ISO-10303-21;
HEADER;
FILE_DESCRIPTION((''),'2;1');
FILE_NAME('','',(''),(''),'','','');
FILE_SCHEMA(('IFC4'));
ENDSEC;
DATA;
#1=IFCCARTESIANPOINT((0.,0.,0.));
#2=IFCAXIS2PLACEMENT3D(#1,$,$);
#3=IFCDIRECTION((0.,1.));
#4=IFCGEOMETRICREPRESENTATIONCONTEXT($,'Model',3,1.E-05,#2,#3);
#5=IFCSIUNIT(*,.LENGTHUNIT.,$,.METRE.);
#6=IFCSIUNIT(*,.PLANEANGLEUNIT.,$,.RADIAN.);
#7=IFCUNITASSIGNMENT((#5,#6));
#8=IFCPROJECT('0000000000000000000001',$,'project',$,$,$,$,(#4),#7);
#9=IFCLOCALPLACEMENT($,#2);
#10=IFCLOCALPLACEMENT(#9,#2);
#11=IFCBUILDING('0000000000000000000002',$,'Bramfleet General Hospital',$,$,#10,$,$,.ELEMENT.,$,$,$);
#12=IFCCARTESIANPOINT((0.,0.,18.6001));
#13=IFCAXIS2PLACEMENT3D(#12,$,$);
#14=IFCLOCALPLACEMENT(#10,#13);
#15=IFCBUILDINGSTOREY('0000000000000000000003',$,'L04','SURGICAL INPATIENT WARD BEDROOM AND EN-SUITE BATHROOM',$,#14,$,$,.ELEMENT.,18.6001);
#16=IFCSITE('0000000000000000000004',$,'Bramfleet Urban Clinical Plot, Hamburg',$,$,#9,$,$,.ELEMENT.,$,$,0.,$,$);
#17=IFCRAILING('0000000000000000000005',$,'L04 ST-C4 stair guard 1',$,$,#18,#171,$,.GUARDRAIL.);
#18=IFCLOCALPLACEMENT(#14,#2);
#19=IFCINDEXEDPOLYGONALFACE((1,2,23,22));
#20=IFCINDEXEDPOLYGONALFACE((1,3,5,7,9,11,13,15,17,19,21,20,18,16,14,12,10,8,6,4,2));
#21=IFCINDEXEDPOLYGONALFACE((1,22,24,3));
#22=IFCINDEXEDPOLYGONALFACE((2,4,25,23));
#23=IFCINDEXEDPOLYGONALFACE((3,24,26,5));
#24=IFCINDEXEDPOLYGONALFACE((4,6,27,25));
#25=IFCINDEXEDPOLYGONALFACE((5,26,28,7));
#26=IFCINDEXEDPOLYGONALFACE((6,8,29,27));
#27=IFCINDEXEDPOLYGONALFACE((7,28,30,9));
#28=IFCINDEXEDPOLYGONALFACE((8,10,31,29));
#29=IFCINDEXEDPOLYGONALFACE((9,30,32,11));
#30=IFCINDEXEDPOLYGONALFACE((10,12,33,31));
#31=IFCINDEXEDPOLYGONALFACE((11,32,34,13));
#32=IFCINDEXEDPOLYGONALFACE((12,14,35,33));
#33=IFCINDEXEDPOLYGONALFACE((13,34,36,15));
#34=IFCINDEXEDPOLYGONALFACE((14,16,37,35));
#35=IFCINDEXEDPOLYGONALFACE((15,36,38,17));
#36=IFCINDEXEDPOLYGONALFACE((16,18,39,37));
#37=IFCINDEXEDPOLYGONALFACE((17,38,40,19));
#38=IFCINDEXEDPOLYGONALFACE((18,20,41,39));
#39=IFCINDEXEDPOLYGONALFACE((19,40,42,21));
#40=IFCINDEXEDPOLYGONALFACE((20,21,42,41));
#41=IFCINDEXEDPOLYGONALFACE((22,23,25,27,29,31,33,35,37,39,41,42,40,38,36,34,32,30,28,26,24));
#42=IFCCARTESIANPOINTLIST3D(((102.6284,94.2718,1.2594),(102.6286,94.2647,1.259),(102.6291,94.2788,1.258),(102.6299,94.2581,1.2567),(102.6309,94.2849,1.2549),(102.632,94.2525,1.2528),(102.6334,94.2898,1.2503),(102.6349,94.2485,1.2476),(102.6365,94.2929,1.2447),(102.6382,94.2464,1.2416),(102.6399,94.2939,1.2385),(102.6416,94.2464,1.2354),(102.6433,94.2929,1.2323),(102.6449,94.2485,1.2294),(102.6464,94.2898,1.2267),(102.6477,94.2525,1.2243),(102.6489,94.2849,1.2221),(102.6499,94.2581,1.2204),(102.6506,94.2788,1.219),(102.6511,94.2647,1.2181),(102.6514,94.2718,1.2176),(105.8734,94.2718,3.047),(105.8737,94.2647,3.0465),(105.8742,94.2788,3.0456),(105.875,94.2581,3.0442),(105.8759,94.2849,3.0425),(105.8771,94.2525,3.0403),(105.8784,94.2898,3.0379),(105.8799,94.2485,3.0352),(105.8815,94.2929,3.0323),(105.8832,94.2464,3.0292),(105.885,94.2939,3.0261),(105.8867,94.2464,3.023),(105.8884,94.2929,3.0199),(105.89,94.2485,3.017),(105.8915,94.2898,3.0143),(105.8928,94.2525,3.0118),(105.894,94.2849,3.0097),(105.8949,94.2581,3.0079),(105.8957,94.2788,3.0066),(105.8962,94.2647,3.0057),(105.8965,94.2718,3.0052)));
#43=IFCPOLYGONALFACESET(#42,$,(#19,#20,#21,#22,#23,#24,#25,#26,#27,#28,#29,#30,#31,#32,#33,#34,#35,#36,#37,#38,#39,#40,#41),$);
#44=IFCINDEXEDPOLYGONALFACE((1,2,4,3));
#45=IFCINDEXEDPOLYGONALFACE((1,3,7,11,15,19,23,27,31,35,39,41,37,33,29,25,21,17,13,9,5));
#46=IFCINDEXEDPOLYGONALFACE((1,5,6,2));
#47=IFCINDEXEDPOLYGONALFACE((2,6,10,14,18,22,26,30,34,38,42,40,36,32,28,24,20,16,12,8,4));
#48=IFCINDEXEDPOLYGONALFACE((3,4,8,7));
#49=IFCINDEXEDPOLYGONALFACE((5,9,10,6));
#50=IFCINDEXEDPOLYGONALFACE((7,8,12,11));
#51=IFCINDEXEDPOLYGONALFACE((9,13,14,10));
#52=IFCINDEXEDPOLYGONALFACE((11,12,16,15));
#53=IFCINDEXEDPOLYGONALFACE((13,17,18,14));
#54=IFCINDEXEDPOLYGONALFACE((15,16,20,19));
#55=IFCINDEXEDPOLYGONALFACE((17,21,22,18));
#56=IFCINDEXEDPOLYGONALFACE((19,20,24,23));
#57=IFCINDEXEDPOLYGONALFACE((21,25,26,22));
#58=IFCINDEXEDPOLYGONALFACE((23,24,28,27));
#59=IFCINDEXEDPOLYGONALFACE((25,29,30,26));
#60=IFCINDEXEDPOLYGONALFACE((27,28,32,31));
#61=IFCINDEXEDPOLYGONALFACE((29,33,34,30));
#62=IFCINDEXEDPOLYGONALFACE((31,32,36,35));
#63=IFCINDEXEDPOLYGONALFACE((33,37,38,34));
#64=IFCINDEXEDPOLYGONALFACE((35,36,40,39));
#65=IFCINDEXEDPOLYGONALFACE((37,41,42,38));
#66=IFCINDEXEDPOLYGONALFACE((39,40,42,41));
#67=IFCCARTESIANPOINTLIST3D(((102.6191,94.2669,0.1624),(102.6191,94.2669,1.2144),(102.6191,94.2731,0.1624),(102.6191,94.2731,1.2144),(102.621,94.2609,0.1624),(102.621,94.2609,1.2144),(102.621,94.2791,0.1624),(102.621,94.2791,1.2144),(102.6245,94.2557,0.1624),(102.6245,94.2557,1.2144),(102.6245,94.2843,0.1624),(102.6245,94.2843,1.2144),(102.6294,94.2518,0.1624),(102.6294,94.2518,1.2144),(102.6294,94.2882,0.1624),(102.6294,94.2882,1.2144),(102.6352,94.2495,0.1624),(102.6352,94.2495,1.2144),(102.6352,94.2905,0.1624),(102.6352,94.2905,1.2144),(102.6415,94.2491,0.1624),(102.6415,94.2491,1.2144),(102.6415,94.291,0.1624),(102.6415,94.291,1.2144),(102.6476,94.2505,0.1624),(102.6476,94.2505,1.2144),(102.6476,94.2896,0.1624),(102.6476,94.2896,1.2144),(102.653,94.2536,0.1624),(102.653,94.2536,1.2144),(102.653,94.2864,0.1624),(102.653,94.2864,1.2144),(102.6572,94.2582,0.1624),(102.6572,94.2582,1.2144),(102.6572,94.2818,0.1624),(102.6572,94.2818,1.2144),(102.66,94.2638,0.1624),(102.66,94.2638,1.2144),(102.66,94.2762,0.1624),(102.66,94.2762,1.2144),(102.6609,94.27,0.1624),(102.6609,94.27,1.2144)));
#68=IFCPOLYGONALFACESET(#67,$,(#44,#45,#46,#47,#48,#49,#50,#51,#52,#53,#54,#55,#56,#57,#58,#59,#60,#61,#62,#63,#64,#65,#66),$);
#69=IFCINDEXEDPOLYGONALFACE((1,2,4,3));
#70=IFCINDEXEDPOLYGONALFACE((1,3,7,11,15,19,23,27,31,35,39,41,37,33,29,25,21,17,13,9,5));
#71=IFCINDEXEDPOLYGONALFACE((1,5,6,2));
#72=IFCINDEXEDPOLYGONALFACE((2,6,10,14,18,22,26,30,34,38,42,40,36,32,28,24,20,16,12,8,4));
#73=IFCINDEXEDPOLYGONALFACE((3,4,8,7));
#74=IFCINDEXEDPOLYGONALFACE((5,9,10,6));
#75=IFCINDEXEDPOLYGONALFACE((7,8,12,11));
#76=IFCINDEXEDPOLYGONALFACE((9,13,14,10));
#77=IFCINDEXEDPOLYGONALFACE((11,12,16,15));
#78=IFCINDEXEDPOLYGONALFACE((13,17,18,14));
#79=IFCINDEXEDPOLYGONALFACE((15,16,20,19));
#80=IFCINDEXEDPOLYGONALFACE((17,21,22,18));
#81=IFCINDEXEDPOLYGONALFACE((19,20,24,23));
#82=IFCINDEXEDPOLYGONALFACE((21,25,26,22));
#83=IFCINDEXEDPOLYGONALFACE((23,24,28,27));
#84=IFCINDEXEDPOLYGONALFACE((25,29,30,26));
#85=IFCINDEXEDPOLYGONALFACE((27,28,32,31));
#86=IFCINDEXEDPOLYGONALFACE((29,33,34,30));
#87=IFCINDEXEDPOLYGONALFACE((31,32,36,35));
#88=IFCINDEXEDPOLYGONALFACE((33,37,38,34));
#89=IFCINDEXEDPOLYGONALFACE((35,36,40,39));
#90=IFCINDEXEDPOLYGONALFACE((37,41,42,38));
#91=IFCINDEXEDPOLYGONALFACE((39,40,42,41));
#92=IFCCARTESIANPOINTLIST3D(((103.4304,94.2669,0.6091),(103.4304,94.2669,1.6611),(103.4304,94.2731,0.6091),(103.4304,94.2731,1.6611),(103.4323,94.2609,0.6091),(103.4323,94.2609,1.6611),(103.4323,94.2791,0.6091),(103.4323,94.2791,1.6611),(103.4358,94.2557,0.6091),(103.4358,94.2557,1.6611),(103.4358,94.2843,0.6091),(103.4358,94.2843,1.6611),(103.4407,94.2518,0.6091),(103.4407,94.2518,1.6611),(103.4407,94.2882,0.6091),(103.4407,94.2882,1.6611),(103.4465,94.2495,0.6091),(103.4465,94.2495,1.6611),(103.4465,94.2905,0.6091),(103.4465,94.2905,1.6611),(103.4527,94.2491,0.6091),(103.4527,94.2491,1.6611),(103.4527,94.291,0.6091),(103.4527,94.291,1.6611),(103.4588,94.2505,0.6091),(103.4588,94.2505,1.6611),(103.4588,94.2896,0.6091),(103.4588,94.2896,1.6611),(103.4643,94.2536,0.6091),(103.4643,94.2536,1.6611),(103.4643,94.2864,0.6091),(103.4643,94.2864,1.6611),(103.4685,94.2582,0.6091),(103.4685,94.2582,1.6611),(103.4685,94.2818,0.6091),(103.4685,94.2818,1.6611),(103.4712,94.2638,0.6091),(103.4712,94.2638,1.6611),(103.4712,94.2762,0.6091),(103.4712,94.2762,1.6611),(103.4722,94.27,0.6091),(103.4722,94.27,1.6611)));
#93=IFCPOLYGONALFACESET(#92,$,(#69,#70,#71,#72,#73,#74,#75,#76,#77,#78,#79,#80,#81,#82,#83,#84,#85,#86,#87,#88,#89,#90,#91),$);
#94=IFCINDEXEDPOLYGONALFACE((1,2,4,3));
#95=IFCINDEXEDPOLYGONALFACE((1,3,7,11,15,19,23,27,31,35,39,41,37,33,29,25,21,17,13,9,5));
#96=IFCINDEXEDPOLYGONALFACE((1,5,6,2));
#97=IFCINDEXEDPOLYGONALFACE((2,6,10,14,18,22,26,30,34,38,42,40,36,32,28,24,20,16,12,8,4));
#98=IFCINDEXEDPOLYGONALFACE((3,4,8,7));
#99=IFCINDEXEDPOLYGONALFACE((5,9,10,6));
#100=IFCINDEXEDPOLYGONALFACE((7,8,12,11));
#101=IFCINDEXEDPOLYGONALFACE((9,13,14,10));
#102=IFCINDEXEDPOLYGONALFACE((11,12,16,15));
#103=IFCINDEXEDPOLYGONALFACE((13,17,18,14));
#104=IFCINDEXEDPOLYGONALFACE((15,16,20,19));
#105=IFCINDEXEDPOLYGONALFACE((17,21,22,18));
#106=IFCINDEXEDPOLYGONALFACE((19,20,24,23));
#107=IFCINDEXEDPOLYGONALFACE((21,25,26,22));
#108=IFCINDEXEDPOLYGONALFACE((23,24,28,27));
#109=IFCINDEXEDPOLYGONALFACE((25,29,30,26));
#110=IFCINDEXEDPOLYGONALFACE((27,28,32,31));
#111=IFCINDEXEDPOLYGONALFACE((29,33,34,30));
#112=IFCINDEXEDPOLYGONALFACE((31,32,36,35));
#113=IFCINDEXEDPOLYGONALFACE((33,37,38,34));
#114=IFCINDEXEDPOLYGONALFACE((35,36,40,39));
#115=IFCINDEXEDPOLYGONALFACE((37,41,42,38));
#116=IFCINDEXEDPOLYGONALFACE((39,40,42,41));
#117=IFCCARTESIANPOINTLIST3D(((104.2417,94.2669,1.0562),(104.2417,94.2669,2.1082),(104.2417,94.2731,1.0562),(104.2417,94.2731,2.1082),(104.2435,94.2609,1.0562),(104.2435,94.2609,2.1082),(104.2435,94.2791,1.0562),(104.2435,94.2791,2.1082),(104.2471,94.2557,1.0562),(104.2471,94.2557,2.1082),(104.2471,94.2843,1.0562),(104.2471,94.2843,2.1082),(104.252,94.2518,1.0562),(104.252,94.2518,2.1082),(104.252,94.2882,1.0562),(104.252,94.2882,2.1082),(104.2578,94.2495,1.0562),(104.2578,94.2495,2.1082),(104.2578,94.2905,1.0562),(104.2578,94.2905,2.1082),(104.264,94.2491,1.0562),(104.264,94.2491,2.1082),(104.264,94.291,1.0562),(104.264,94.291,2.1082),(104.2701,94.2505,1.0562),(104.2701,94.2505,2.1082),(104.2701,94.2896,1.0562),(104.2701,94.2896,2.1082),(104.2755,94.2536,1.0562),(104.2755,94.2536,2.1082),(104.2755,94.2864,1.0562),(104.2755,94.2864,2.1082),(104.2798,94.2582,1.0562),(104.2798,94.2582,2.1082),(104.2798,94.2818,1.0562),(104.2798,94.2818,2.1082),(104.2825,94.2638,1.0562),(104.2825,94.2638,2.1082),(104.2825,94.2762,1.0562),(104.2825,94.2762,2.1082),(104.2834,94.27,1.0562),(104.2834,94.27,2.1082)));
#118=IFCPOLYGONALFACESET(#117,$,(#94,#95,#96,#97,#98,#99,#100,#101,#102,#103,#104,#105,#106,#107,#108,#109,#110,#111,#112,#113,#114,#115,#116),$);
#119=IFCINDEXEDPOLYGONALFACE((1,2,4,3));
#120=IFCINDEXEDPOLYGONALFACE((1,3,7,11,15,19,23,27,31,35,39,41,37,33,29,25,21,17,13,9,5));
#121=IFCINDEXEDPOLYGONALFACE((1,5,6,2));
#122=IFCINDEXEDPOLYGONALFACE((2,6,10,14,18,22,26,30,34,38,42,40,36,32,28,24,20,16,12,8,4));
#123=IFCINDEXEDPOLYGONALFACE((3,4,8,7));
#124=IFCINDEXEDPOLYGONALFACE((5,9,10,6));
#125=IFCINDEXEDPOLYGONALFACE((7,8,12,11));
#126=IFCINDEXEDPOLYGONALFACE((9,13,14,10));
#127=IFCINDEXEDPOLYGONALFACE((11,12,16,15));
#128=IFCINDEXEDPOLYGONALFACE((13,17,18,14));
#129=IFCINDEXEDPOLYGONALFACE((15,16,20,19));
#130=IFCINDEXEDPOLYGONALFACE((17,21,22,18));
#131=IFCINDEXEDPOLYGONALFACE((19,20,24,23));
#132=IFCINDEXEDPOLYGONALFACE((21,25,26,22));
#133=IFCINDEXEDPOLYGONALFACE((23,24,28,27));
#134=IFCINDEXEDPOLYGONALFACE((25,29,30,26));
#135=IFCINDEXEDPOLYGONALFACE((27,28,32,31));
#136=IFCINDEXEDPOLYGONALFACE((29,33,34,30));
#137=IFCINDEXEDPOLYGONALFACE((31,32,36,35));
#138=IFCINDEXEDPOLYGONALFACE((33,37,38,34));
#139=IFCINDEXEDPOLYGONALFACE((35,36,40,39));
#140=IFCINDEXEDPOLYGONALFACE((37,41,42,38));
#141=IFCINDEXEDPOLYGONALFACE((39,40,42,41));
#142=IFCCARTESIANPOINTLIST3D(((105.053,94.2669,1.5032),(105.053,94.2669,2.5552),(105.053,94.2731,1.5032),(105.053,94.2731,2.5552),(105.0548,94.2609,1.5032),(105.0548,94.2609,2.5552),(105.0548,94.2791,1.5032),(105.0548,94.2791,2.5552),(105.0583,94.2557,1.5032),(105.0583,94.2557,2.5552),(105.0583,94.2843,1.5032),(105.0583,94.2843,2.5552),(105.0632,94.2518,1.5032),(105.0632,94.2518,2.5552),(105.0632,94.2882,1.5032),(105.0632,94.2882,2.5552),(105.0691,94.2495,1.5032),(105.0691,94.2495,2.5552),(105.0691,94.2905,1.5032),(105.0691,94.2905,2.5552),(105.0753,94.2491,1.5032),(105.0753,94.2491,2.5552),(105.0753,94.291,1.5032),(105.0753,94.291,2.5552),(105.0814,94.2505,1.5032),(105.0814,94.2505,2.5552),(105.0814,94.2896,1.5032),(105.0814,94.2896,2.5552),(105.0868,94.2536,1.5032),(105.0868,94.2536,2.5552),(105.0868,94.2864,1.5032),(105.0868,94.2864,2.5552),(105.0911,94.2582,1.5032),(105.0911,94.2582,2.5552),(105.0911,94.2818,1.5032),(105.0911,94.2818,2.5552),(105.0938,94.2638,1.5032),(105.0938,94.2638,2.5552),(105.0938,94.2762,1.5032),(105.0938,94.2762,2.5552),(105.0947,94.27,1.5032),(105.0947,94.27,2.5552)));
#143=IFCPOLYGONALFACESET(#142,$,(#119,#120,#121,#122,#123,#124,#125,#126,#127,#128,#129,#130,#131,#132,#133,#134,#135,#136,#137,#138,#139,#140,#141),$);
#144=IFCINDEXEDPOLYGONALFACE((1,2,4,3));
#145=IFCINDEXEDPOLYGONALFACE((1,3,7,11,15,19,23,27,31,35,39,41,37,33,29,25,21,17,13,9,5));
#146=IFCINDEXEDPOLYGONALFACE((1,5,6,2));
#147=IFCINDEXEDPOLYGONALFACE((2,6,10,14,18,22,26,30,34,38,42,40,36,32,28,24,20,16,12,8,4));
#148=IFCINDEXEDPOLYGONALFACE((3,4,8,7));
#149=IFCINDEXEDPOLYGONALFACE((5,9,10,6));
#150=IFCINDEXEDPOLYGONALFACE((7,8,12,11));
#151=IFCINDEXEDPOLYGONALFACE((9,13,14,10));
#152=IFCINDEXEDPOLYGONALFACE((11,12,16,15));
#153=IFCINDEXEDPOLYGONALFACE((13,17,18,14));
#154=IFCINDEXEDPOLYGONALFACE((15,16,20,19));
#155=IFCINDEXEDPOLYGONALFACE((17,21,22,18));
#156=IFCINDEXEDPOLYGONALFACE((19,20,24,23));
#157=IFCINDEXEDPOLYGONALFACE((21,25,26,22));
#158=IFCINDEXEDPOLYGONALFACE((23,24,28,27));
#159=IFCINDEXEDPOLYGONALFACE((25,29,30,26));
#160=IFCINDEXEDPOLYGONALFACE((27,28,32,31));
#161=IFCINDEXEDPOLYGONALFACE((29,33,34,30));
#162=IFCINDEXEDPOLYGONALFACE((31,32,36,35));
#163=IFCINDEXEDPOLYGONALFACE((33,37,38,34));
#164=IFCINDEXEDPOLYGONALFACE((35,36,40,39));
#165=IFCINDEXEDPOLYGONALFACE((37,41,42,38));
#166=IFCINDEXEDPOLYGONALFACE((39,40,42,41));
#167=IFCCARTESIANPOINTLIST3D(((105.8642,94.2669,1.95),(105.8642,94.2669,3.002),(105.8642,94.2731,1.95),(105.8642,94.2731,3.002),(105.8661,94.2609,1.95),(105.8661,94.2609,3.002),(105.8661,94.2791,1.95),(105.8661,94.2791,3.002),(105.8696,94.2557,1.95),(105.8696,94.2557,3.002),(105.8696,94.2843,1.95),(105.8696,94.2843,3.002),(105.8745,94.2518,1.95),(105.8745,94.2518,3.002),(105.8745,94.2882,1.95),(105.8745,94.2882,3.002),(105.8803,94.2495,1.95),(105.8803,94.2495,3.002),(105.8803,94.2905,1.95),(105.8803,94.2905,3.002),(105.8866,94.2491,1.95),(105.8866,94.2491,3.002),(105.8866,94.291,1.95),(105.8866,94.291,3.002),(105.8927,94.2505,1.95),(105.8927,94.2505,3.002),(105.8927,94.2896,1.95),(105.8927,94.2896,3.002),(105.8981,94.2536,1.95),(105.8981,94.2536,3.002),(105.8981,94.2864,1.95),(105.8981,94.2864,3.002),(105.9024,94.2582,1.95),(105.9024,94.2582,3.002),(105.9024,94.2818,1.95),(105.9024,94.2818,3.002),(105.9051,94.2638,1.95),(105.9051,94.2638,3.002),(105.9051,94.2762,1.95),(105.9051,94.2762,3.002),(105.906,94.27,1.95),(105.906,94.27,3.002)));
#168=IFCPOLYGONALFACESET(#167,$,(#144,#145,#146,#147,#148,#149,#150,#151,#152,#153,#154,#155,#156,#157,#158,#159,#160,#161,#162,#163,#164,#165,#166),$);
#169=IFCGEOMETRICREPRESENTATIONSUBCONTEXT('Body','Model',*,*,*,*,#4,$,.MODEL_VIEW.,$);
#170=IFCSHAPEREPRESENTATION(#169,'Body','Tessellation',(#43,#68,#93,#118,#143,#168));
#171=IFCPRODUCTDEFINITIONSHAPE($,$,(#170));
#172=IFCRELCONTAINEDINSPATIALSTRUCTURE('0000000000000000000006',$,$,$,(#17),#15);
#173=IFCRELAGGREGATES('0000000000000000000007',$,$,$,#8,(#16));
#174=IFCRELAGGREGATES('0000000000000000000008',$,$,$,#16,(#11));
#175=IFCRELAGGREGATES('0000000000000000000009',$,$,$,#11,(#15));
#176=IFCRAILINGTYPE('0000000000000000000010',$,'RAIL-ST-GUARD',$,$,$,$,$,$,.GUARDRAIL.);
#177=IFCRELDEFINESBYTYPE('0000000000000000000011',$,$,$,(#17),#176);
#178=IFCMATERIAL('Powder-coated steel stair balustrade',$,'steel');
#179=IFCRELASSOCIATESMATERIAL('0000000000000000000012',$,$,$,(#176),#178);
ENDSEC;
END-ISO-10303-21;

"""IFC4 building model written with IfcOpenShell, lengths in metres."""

from ifc_helpers import new_model, si_unit, direction, frame, origin, origin_2d, place, context, subcontext, project, spatial, circle, extrude, material, type_object, element, save


model = new_model("IFC4")

# Units and contexts
model_context = context("Model", 3, precision=1e-05, world=origin(), true_north=direction((0.0, 1.0)))
body_context = subcontext(model_context, "Body", "Model", "MODEL_VIEW")
ifc_project = project(units=[si_unit("LENGTHUNIT", "METRE"), si_unit("PLANEANGLEUNIT", "RADIAN")], contexts=[model_context])

# Site, building, storey
site_placement = place(None, origin())
site = spatial("IfcSite", under=ifc_project, at=site_placement, Name="Bramfleet Urban Clinical Plot, Hamburg", CompositionType="ELEMENT", RefElevation=0.0)
building_placement = place(site_placement, origin())
building = spatial("IfcBuilding", under=site, at=building_placement, Name="Bramfleet General Hospital", CompositionType="ELEMENT")
storey_placement = place(building_placement, frame((0.0, 0.0, 18.6001)))
storey = spatial("IfcBuildingStorey", under=building, at=storey_placement, Name="L04", Description="SURGICAL INPATIENT WARD BEDROOM AND EN-SUITE BATHROOM", CompositionType="ELEMENT", Elevation=18.6001)

# Railing
ifc_material_1 = material(Name="Powder-coated steel stair balustrade", Category="steel")
railing_type_1 = type_object("IfcRailingType", Name="RAIL-ST-GUARD", PredefinedType="GUARDRAIL", material=ifc_material_1)
railing_1_placement = place(storey_placement, frame((102.6399, 94.27, 0.1624)))
element("IfcRailing", 1, at=railing_1_placement, inside=storey, type_object=railing_type_1, Name="L04 ST-C4 stair guard 1", PredefinedType="GUARDRAIL", context=body_context, shape_type="SweptSolid", body=[
    extrude(circle(Radius=0.0239, at=origin_2d()), frame((0.0, 0.0, 1.0762), z_axis=(0.875899, 0.0, 0.482495), x_axis=(0.0, 1.0, 0.0)), (0.0, 0.0, 1.0), 3.7048),
    extrude(circle(Radius=0.021, at=origin_2d()), origin(), (0.0, 0.0, 1.0), 1.052),
    extrude(circle(Radius=0.021, at=origin_2d()), frame((0.8113, 0.0, 0.4468)), (0.0, 0.0, 1.0), 1.052),
    extrude(circle(Radius=0.021, at=origin_2d()), frame((1.6226, 0.0, 0.8938)), (0.0, 0.0, 1.0), 1.052),
    extrude(circle(Radius=0.021, at=origin_2d()), frame((2.4338, 0.0, 1.3408)), (0.0, 0.0, 1.0), 1.052),
    extrude(circle(Radius=0.021, at=origin_2d()), frame((3.2451, 0.0, 1.7876)), (0.0, 0.0, 1.0), 1.052),
])

save(model, "model.ifc")
